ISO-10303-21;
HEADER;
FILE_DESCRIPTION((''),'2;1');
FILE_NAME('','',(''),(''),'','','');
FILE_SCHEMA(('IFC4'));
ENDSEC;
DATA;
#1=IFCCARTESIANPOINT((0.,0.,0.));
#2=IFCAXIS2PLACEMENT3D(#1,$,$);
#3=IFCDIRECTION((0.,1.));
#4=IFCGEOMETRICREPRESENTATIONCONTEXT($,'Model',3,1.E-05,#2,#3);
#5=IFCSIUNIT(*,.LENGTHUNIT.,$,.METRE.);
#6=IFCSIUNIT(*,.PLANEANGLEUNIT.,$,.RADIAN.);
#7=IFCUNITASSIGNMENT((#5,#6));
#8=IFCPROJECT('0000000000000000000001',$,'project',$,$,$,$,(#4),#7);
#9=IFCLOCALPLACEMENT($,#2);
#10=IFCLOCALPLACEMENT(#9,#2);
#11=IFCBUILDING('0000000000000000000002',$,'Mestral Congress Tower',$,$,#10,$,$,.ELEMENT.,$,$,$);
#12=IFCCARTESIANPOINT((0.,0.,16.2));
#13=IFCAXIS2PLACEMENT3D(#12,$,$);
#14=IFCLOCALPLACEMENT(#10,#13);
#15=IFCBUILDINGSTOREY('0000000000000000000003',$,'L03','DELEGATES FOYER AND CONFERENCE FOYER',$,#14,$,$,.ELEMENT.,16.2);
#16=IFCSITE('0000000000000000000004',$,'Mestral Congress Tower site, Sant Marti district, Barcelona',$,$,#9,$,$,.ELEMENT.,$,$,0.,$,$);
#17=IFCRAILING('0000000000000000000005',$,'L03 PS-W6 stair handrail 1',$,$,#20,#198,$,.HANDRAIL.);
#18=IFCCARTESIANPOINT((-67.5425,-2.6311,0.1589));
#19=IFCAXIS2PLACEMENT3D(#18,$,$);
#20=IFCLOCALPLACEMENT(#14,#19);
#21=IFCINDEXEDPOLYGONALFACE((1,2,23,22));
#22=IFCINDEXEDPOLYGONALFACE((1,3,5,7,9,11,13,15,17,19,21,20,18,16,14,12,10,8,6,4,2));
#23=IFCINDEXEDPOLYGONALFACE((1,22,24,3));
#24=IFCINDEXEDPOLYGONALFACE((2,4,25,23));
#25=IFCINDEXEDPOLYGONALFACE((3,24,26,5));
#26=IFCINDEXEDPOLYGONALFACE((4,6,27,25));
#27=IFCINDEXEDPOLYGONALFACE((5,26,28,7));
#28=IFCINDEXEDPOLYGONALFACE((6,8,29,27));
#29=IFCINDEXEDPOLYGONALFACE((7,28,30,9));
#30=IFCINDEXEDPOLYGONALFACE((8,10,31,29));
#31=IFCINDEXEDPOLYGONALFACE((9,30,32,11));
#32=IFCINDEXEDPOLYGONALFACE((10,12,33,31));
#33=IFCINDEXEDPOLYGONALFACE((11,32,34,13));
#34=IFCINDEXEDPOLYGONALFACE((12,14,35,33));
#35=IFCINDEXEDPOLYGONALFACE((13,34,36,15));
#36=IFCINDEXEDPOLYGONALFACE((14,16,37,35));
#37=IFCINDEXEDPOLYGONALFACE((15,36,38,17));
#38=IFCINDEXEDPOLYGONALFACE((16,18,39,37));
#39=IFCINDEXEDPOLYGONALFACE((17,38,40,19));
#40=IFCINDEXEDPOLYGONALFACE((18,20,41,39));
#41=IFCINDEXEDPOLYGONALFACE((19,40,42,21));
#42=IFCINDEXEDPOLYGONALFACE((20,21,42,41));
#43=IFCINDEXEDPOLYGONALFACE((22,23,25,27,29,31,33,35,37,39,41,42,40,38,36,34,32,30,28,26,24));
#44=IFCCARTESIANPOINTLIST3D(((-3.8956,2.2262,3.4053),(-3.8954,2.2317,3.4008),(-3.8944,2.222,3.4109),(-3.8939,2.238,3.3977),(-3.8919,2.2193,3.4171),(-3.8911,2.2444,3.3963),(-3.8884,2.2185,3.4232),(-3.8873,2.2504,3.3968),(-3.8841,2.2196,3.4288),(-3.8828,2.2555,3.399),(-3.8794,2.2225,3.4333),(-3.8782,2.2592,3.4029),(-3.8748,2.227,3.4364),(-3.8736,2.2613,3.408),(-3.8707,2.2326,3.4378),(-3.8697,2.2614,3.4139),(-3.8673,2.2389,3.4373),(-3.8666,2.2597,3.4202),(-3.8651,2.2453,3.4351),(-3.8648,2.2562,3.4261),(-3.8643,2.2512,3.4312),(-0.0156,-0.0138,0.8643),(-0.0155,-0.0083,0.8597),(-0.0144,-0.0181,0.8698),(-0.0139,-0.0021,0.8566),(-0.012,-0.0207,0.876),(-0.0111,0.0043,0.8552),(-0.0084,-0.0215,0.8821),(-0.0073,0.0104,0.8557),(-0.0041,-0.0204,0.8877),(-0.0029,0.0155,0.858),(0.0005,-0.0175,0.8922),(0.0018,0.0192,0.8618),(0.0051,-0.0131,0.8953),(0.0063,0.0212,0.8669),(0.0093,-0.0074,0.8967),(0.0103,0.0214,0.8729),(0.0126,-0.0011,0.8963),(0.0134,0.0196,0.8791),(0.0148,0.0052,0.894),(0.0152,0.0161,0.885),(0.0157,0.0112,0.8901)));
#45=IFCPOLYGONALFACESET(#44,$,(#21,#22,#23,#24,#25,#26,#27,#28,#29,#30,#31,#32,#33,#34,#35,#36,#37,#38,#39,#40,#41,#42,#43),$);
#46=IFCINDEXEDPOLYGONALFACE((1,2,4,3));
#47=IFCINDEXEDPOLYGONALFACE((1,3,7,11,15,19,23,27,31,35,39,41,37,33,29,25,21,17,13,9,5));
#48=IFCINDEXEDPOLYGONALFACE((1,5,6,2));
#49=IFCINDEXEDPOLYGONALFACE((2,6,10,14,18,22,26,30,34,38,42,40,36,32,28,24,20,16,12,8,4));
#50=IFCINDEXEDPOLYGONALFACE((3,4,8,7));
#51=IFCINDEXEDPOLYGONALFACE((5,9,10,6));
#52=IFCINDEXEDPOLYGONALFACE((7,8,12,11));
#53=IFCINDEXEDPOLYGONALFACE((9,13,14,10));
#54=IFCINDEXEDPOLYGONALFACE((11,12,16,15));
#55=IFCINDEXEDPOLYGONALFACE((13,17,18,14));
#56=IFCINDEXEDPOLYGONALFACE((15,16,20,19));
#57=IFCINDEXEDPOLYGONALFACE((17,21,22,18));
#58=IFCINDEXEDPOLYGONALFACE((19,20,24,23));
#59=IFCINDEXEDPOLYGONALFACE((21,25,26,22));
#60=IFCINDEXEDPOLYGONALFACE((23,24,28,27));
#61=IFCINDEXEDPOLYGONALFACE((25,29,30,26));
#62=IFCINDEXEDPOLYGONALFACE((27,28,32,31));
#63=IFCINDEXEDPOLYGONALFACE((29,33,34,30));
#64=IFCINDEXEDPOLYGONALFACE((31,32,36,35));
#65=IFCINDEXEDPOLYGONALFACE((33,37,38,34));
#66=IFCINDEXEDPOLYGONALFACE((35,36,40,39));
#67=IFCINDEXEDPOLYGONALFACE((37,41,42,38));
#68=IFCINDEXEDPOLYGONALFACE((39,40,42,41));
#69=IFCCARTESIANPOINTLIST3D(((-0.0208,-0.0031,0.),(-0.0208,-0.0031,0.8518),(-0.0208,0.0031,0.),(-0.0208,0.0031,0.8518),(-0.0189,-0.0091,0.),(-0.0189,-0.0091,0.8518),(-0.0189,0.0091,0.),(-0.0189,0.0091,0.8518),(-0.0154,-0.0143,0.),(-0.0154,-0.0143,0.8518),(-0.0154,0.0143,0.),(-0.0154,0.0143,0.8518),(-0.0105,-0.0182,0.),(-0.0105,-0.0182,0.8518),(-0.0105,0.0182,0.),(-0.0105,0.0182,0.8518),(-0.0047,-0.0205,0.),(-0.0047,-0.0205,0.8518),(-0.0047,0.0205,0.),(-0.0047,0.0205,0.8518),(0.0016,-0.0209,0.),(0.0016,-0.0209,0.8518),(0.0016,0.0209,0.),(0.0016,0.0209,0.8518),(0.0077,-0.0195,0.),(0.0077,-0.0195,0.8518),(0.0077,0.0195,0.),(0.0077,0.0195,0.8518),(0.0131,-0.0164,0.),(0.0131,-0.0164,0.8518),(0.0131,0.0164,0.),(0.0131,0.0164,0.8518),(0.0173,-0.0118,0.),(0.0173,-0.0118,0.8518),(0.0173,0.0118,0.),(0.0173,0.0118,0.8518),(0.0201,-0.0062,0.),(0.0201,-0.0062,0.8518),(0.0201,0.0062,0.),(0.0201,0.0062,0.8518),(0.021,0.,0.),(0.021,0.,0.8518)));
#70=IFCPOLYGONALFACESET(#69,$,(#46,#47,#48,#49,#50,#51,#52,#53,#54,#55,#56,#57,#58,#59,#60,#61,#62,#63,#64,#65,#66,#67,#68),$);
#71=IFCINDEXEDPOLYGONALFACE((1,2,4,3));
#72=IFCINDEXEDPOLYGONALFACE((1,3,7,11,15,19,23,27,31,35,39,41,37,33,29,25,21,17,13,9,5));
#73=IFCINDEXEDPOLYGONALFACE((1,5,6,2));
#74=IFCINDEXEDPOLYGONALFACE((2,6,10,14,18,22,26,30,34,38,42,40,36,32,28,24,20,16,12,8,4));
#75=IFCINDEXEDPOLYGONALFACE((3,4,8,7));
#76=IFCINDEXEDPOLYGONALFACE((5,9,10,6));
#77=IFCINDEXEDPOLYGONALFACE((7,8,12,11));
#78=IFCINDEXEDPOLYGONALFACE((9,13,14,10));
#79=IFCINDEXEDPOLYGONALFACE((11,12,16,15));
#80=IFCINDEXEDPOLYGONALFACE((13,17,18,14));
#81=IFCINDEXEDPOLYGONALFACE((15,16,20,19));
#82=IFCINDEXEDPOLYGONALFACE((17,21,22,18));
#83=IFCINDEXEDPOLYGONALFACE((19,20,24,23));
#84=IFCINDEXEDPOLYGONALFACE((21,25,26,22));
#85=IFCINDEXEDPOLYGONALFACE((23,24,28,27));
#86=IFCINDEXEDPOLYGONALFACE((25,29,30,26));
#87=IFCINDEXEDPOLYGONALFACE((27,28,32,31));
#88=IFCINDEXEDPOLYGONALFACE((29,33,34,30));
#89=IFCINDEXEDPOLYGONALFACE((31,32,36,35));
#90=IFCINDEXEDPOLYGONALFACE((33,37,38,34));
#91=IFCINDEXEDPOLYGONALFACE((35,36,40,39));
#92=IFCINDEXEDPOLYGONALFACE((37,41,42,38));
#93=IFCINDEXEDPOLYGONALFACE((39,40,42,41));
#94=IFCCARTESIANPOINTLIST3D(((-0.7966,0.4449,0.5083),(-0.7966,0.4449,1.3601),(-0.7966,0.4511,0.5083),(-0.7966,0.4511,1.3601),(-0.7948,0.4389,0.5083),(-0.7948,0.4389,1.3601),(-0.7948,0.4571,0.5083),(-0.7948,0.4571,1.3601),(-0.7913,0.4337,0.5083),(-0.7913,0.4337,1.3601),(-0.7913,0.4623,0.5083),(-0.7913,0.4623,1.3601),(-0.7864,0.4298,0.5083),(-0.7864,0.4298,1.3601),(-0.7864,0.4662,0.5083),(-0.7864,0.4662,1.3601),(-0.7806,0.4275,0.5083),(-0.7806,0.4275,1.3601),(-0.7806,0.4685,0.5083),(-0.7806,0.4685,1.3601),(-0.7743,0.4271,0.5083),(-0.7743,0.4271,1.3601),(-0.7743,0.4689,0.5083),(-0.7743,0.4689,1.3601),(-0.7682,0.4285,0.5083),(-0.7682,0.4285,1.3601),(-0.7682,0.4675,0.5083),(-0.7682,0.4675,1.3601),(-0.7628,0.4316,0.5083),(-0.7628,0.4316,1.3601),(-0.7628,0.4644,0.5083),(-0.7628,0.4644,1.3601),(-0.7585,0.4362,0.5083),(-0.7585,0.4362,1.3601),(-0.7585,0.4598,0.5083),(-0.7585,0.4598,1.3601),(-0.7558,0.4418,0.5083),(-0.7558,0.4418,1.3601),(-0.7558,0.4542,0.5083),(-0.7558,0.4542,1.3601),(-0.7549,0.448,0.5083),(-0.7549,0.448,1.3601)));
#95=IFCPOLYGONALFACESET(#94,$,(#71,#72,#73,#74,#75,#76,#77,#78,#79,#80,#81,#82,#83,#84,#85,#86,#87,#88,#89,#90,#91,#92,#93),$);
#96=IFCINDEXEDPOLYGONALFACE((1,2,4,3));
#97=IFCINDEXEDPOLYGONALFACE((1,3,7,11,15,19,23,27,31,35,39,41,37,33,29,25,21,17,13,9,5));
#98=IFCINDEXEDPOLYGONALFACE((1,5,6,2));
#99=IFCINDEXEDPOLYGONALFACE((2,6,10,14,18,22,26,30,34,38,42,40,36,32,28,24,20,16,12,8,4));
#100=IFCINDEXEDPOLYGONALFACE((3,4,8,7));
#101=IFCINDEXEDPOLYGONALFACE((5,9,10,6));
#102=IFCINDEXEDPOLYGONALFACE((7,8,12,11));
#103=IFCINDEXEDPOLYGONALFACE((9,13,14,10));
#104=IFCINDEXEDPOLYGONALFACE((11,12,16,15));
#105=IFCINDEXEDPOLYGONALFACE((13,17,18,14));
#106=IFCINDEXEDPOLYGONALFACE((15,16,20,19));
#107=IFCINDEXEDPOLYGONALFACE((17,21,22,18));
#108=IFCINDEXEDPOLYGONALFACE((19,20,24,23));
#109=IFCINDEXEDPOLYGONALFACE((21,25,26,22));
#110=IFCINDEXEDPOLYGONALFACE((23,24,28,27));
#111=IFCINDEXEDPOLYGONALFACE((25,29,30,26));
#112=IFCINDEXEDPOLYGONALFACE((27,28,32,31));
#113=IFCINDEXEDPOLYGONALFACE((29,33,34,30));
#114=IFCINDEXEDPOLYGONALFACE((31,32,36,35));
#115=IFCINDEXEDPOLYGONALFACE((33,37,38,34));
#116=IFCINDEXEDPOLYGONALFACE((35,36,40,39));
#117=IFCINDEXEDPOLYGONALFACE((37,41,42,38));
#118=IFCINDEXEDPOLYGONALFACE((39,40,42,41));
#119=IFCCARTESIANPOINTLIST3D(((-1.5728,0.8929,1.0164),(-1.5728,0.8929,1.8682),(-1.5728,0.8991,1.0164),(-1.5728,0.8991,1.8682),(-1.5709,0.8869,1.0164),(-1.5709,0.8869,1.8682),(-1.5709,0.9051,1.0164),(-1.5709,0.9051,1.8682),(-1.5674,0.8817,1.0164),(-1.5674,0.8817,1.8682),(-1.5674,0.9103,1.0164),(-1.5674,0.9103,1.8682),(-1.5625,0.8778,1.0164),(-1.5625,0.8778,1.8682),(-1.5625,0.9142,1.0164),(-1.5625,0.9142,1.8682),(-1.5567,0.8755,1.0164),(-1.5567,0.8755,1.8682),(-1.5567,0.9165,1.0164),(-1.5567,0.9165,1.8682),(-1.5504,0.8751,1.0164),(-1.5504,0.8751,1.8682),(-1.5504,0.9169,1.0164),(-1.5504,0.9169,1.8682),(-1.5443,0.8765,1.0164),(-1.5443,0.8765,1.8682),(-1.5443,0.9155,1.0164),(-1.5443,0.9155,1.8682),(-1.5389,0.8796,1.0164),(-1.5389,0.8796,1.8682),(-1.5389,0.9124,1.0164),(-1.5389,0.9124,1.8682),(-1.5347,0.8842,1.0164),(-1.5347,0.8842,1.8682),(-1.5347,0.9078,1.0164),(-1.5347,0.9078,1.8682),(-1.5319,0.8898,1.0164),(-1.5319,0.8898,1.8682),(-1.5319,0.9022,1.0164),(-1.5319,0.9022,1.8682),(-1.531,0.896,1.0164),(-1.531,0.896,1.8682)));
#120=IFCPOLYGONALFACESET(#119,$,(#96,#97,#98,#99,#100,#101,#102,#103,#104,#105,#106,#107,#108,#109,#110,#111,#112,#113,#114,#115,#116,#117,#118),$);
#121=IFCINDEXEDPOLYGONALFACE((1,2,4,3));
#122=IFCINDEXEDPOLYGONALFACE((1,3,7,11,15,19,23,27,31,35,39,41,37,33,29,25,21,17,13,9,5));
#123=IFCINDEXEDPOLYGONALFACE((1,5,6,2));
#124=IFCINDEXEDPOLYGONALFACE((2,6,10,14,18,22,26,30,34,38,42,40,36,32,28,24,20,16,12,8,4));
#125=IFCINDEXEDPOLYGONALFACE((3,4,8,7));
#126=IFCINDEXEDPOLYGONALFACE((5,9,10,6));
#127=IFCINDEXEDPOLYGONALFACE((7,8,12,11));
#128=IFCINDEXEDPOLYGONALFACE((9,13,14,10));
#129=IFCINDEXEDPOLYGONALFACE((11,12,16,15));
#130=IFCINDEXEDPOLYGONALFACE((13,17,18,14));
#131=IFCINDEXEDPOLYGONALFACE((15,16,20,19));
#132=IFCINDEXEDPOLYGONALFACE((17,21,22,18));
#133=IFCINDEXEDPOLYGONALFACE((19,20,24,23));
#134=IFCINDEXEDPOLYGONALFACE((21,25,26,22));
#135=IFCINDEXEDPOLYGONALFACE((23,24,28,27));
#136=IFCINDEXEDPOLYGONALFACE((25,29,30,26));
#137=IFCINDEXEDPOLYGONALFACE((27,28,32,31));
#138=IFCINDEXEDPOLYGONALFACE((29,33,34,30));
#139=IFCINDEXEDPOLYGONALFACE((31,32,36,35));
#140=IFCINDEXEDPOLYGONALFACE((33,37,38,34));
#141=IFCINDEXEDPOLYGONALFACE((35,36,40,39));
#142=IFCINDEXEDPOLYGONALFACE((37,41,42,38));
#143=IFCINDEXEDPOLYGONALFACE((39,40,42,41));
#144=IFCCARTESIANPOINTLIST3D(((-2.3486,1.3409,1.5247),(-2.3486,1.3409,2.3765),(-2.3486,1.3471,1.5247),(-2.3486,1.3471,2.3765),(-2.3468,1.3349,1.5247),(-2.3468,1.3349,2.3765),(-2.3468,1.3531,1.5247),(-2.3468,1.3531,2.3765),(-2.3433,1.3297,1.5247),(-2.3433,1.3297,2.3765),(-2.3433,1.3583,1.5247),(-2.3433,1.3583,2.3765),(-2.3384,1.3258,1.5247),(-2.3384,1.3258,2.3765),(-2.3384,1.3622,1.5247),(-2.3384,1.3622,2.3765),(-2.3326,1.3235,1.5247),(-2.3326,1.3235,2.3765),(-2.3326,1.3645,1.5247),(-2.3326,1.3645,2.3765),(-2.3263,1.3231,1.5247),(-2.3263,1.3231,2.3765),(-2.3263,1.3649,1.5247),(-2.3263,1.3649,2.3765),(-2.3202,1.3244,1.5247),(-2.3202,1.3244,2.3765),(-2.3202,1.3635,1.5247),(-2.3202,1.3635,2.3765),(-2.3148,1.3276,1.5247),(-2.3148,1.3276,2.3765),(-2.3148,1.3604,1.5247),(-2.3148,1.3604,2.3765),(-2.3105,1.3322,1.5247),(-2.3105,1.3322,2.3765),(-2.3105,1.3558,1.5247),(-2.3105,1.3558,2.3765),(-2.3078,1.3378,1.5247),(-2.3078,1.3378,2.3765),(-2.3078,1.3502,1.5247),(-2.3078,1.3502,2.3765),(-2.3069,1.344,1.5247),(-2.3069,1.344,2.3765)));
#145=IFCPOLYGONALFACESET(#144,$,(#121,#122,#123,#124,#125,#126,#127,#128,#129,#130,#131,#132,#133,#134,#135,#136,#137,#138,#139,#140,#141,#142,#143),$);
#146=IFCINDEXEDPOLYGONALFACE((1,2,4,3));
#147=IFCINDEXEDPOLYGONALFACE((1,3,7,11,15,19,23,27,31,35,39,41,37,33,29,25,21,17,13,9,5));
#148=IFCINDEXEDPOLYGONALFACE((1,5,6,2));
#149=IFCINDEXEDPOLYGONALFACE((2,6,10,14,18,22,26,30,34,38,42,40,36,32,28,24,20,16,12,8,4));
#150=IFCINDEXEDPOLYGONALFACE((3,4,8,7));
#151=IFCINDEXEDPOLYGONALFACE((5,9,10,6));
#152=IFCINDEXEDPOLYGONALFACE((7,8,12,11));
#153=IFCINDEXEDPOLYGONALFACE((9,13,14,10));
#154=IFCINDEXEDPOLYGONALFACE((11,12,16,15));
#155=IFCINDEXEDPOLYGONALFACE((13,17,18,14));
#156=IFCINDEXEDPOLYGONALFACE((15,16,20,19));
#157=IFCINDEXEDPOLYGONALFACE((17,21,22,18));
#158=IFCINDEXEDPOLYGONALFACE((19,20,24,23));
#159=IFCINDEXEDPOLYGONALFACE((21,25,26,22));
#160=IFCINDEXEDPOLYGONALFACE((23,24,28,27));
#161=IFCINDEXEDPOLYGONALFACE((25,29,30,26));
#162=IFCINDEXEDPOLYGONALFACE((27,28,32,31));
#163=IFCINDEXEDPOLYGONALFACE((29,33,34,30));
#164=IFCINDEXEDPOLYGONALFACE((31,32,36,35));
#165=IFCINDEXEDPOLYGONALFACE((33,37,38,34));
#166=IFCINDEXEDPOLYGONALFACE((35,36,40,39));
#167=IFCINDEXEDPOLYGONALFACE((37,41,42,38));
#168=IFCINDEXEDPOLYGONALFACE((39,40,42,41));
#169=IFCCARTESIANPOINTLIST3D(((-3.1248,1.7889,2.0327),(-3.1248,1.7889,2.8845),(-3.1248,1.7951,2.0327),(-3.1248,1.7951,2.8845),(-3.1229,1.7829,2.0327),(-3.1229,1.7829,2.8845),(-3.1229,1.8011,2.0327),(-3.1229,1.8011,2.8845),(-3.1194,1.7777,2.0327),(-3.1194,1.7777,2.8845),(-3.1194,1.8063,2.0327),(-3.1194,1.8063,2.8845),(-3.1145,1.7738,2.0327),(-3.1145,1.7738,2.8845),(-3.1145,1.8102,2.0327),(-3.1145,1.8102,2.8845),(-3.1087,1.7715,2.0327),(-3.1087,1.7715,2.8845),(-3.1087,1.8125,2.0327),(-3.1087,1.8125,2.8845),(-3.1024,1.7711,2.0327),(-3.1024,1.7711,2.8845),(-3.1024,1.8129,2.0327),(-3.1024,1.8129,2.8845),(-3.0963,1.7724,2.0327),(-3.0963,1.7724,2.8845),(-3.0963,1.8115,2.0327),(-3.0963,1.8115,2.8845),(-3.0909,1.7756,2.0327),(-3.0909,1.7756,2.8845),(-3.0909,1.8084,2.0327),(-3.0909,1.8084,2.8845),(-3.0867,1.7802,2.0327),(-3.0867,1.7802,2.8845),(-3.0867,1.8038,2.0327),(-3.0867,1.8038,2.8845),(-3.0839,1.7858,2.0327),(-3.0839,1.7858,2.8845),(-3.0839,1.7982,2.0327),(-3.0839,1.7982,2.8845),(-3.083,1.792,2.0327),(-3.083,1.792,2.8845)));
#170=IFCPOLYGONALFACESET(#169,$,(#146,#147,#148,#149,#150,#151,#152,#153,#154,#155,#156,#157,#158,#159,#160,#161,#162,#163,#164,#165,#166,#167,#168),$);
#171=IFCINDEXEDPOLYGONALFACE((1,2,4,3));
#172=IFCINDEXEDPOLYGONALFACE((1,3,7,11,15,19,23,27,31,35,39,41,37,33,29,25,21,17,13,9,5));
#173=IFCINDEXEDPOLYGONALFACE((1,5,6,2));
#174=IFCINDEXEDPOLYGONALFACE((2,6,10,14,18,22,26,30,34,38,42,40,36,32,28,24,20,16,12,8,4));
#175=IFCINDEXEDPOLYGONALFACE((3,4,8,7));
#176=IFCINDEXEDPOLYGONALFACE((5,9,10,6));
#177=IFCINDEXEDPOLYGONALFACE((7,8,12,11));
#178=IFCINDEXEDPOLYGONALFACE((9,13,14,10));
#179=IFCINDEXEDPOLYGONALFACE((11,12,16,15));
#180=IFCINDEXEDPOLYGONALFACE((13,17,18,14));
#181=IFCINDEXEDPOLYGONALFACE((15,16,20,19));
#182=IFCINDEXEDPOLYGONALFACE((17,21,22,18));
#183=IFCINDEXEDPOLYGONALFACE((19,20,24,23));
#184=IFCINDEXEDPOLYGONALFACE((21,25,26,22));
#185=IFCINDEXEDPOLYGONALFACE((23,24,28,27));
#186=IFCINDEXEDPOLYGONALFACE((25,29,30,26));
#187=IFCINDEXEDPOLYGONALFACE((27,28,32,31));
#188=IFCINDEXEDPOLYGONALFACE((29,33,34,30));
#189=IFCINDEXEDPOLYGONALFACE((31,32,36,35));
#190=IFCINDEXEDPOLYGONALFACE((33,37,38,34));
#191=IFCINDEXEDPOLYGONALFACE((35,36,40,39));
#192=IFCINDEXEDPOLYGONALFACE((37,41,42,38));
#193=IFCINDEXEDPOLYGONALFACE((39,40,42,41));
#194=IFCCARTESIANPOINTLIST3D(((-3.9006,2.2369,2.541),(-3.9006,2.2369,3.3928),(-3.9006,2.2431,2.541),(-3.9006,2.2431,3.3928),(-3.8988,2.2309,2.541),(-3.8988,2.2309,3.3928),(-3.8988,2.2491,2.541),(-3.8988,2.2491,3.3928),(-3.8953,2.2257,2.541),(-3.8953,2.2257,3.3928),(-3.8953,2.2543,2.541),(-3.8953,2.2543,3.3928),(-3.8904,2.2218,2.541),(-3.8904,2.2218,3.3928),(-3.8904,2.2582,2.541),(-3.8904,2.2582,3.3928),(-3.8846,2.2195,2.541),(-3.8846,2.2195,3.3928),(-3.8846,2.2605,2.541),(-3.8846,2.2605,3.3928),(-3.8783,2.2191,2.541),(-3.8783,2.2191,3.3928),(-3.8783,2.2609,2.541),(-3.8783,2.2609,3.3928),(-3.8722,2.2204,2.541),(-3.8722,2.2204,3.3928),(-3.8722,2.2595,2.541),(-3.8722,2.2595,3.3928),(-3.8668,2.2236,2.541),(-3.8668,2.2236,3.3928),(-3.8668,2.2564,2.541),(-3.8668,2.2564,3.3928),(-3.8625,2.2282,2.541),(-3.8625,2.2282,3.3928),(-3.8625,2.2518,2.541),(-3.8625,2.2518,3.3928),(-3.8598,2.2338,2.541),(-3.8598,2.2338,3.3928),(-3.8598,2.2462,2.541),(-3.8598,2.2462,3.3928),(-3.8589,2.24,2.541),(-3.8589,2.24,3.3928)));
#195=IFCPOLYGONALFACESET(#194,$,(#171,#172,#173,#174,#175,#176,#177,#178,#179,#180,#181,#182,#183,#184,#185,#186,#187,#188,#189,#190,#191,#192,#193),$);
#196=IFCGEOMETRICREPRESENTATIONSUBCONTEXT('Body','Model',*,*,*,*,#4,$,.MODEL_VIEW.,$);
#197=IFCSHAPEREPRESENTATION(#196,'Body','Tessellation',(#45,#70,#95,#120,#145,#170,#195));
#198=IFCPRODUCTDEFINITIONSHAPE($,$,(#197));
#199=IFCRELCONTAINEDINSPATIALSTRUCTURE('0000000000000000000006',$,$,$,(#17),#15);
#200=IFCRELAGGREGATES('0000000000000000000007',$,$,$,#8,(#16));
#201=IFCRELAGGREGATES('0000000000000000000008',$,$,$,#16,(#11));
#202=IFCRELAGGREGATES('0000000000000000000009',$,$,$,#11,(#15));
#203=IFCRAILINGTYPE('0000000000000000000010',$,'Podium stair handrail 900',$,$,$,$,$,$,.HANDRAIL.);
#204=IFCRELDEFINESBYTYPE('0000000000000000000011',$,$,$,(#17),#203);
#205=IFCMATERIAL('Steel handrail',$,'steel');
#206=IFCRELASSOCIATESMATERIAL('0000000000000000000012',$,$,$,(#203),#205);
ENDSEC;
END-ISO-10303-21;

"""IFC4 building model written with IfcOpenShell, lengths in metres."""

from ifc_helpers import new_model, si_unit, direction, frame, origin, origin_2d, place, context, subcontext, project, spatial, circle, extrude, material, type_object, element, save


model = new_model("IFC4")

# Units and contexts
model_context = context("Model", 3, precision=1e-05, world=origin(), true_north=direction((0.0, 1.0)))
body_context = subcontext(model_context, "Body", "Model", "MODEL_VIEW")
ifc_project = project(units=[si_unit("LENGTHUNIT", "METRE"), si_unit("PLANEANGLEUNIT", "RADIAN")], contexts=[model_context])

# Site, building, storey
site_placement = place(None, origin())
site = spatial("IfcSite", under=ifc_project, at=site_placement, Name="Mestral Congress Tower site, Sant Marti district, Barcelona", CompositionType="ELEMENT", RefElevation=0.0)
building_placement = place(site_placement, origin())
building = spatial("IfcBuilding", under=site, at=building_placement, Name="Mestral Congress Tower", CompositionType="ELEMENT")
storey_placement = place(building_placement, frame((0.0, 0.0, 16.2)))
storey = spatial("IfcBuildingStorey", under=building, at=storey_placement, Name="L03", Description="DELEGATES FOYER AND CONFERENCE FOYER", CompositionType="ELEMENT", Elevation=16.2)

# Railing
ifc_material_1 = material(Name="Steel handrail", Category="steel")
railing_type_1 = type_object("IfcRailingType", Name="Podium stair handrail 900", PredefinedType="HANDRAIL", material=ifc_material_1)
railing_1_placement = place(storey_placement, frame((-67.5425, -2.6311, 0.1589)))
element("IfcRailing", 1, at=railing_1_placement, inside=storey, type_object=railing_type_1, Name="L03 PS-W6 stair handrail 1", PredefinedType="HANDRAIL", context=body_context, shape_type="SweptSolid", body=[
    extrude(circle(Radius=0.0239, at=origin_2d()), frame((0.0, 0.0, 0.876), z_axis=(-0.7533, 0.434906, 0.493352), x_axis=(-0.49999, -0.866031, 0.0)), (0.0, 0.0, 1.0), 5.1506),
    extrude(circle(Radius=0.021, at=origin_2d()), origin(), (0.0, 0.0, 1.0), 0.8518),
    extrude(circle(Radius=0.021, at=origin_2d()), frame((-0.7759, 0.448, 0.5083)), (0.0, 0.0, 1.0), 0.8518),
    extrude(circle(Radius=0.021, at=origin_2d()), frame((-1.552, 0.896, 1.0164)), (0.0, 0.0, 1.0), 0.8518),
    extrude(circle(Radius=0.021, at=origin_2d()), frame((-2.3279, 1.344, 1.5247)), (0.0, 0.0, 1.0), 0.8518),
    extrude(circle(Radius=0.021, at=origin_2d()), frame((-3.104, 1.792, 2.0327)), (0.0, 0.0, 1.0), 0.8518),
    extrude(circle(Radius=0.021, at=origin_2d()), frame((-3.8799, 2.24, 2.541)), (0.0, 0.0, 1.0), 0.8518),
])

save(model, "model.ifc")
